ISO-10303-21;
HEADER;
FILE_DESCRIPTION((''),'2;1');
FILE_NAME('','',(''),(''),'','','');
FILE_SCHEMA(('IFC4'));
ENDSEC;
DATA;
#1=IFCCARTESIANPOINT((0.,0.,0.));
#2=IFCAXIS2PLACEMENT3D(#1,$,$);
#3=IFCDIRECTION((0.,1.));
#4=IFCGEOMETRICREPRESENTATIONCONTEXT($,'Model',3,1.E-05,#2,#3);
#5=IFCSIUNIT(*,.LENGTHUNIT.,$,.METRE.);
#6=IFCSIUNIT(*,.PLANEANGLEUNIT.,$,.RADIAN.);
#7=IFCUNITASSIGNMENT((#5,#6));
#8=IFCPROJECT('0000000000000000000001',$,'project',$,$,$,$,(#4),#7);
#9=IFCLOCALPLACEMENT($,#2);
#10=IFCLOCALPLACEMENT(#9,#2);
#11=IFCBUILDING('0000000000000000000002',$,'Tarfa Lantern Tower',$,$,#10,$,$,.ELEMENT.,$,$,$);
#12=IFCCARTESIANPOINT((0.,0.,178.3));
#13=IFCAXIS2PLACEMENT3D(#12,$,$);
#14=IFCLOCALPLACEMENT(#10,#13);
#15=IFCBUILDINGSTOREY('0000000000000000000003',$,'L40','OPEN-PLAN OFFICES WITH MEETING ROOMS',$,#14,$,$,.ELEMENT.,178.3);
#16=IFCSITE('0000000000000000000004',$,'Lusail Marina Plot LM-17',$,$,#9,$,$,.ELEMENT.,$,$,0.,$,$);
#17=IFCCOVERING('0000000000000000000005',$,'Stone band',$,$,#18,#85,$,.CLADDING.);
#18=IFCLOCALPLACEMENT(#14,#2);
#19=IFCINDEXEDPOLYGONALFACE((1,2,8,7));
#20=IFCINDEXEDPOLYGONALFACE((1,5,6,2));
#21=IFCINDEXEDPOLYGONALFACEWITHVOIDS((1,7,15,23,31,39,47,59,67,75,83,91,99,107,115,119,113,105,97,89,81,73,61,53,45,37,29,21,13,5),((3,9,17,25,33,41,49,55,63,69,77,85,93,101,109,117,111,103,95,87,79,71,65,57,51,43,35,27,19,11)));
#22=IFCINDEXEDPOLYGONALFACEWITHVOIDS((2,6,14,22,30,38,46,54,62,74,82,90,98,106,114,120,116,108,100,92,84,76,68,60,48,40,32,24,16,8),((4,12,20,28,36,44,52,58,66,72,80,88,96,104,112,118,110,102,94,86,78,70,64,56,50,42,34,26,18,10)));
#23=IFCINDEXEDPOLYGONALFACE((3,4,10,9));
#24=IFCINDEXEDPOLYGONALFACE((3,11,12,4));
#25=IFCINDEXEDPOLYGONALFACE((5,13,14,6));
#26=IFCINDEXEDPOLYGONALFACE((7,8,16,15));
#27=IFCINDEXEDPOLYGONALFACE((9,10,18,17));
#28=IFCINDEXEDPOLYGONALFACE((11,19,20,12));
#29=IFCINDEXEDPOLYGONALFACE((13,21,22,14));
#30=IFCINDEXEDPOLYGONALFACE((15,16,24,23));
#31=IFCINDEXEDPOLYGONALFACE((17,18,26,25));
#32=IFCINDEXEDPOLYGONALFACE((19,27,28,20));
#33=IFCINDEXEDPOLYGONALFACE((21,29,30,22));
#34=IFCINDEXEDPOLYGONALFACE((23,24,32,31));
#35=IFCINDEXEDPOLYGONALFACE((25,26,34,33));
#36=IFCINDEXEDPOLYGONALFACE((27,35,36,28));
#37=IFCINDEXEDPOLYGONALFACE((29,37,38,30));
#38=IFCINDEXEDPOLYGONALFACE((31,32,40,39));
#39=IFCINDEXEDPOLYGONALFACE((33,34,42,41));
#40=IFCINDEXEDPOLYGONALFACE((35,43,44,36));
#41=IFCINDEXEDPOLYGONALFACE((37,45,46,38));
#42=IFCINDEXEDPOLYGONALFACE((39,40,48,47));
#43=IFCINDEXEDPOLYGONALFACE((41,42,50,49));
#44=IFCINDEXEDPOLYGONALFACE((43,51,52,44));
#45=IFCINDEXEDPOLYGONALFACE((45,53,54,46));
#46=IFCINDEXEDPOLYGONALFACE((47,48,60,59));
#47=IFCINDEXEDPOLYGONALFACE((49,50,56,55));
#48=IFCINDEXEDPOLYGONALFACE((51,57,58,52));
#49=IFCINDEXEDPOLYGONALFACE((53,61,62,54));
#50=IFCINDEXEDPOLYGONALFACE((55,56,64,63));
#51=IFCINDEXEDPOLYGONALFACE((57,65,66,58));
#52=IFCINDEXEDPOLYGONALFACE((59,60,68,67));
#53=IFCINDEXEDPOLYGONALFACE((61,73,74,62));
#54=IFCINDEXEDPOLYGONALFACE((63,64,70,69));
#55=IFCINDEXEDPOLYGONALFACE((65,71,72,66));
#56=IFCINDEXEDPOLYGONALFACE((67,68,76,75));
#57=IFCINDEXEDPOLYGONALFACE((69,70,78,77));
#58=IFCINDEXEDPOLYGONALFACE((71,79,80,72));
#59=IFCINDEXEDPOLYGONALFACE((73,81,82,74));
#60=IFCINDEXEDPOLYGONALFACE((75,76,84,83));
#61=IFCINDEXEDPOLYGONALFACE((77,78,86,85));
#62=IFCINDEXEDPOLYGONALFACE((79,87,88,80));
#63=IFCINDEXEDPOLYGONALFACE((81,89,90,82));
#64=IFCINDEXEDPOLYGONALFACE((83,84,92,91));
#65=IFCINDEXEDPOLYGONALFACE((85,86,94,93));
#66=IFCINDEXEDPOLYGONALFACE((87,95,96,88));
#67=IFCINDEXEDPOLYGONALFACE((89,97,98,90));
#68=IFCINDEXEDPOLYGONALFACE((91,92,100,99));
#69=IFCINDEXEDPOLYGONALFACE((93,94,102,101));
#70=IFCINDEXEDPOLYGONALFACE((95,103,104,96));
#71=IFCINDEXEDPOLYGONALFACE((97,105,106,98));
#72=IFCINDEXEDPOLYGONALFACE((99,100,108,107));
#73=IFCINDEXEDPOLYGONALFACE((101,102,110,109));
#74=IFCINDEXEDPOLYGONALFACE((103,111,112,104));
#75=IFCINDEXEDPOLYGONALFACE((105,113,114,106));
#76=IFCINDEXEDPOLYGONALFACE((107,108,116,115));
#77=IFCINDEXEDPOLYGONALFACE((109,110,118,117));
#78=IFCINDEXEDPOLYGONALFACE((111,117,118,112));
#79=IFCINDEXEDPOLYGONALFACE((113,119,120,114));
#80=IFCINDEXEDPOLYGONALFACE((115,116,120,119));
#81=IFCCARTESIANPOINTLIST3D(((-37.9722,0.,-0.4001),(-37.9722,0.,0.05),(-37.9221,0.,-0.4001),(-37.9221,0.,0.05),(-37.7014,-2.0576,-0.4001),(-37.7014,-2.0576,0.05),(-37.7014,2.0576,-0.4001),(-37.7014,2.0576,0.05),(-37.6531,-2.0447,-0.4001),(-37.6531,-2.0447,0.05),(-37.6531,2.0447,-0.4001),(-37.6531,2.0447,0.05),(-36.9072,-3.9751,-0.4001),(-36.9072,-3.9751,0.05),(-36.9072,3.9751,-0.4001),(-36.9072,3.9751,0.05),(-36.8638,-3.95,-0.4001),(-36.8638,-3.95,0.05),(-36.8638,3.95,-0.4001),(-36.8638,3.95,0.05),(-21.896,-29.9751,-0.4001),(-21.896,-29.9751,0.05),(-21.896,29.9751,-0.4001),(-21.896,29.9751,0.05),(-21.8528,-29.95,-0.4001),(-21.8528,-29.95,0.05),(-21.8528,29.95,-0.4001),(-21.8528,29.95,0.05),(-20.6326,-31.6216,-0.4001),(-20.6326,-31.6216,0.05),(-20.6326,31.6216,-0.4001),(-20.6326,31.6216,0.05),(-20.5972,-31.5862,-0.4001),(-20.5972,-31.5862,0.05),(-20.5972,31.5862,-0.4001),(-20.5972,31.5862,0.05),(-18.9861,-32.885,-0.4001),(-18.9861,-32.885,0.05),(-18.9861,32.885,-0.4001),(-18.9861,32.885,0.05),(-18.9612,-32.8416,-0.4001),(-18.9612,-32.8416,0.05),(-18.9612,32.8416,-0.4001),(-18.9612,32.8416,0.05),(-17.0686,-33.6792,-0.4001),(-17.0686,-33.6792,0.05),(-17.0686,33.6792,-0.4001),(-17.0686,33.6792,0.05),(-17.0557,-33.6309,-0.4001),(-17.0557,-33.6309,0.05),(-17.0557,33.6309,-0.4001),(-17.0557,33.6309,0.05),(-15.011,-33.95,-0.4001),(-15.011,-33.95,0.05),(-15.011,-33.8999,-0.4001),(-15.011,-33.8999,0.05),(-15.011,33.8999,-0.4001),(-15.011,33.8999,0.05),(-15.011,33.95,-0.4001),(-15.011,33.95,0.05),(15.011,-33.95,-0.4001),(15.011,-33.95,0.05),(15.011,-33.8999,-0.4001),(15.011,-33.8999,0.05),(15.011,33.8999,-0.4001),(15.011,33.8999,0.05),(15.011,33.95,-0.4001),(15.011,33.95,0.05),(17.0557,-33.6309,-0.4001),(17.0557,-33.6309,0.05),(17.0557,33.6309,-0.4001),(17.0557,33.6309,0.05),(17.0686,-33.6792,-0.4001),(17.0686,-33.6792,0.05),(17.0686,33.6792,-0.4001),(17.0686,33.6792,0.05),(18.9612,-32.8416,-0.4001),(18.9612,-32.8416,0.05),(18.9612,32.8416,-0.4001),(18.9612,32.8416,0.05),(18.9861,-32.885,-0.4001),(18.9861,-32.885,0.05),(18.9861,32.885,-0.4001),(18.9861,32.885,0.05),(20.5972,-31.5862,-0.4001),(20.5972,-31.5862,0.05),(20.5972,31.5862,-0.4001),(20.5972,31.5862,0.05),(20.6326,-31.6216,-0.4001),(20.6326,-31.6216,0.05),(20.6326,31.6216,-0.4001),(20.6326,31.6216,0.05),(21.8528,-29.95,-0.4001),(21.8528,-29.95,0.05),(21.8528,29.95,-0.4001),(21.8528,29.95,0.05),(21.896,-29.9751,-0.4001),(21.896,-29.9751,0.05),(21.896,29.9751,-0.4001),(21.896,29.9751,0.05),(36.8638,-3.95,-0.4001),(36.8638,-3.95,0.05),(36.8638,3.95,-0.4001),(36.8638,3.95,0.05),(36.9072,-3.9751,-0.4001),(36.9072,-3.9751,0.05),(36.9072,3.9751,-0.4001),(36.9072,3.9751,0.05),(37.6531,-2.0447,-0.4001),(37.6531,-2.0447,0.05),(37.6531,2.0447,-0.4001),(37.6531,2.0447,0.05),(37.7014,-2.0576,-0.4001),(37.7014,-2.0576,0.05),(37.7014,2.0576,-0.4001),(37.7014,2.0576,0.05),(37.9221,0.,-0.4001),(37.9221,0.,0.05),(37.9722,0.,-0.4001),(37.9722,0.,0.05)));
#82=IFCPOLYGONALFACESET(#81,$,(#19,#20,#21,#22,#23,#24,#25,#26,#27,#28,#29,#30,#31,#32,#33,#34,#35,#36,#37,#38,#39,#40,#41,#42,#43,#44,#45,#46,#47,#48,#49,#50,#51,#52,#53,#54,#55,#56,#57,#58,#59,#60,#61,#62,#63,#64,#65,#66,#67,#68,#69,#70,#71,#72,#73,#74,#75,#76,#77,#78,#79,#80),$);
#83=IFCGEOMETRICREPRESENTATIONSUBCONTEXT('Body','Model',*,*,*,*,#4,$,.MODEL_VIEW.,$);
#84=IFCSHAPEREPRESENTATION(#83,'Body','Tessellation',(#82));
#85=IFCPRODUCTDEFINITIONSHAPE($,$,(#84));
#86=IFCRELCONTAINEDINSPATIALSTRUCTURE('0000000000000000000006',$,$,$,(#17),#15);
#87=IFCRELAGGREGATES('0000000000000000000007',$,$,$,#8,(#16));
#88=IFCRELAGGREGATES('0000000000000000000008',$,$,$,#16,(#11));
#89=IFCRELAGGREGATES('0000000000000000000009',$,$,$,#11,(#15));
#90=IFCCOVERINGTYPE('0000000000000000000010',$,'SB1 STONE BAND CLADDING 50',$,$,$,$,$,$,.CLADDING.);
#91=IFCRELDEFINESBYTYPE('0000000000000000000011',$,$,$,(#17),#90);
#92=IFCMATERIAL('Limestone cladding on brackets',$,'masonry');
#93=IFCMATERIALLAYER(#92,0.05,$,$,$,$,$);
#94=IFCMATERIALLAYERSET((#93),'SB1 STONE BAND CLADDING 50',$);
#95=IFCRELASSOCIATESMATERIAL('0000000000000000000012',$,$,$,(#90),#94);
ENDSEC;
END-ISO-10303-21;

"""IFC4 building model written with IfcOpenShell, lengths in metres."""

from ifc_helpers import new_model, si_unit, direction, frame, origin, place, context, subcontext, project, spatial, polyline, outline, extrude, material, layer, layer_set, type_object, element, save


model = new_model("IFC4")

# Units and contexts
model_context = context("Model", 3, precision=1e-05, world=origin(), true_north=direction((0.0, 1.0)))
body_context = subcontext(model_context, "Body", "Model", "MODEL_VIEW")
ifc_project = project(units=[si_unit("LENGTHUNIT", "METRE"), si_unit("PLANEANGLEUNIT", "RADIAN")], contexts=[model_context])

# Site, building, storey
site_placement = place(None, origin())
site = spatial("IfcSite", under=ifc_project, at=site_placement, Name="Lusail Marina Plot LM-17", CompositionType="ELEMENT", RefElevation=0.0)
building_placement = place(site_placement, origin())
building = spatial("IfcBuilding", under=site, at=building_placement, Name="Tarfa Lantern Tower", CompositionType="ELEMENT")
storey_placement = place(building_placement, frame((0.0, 0.0, 178.3)))
storey = spatial("IfcBuildingStorey", under=building, at=storey_placement, Name="L40", Description="OPEN-PLAN OFFICES WITH MEETING ROOMS", CompositionType="ELEMENT", Elevation=178.3)

# Covering
ifc_material_1 = material(Name="Limestone cladding on brackets", Category="masonry")
ifc_layer_1 = layer(ifc_material_1, 0.05)
ifc_layer_set_1 = layer_set([ifc_layer_1], Name="SB1 STONE BAND CLADDING 50")
covering_type_1 = type_object("IfcCoveringType", Name="SB1 STONE BAND CLADDING 50", PredefinedType="CLADDING", material=ifc_layer_set_1)
covering_1_placement = place(storey_placement, frame((0.0, 0.0, -0.4001)))
element("IfcCovering", 1, at=covering_1_placement, inside=storey, type_object=covering_type_1, Name="Stone band", PredefinedType="CLADDING", context=body_context, shape_type="SweptSolid", body=[
    extrude(outline(polyline([(36.9072, 3.9751), (21.896, 29.9751), (20.6326, 31.6216), (18.9861, 32.885), (17.0686, 33.6792), (15.011, 33.95), (-15.011, 33.95), (-17.0686, 33.6792), (-18.9861, 32.885), (-20.6326, 31.6216), (-21.896, 29.9751), (-36.9072, 3.9751), (-37.7014, 2.0576), (-37.9722, 0.0), (-37.7014, -2.0576), (-36.9072, -3.9751), (-21.896, -29.9751), (-20.6326, -31.6216), (-18.9861, -32.885), (-17.0686, -33.6792), (-15.011, -33.95), (15.011, -33.95), (17.0686, -33.6792), (18.9861, -32.885), (20.6326, -31.6216), (21.896, -29.9751), (36.9072, -3.9751), (37.7014, -2.0576), (37.9722, 0.0), (37.7014, 2.0576), (36.9072, 3.9751)]), holes=[polyline([(36.8638, 3.95), (21.8528, 29.95), (20.5972, 31.5862), (18.9612, 32.8416), (17.0557, 33.6309), (15.011, 33.8999), (-15.011, 33.8999), (-17.0557, 33.6309), (-18.9612, 32.8416), (-20.5972, 31.5862), (-21.8528, 29.95), (-36.8638, 3.95), (-37.6531, 2.0447), (-37.9221, 0.0), (-37.6531, -2.0447), (-36.8638, -3.95), (-21.8528, -29.95), (-20.5972, -31.5862), (-18.9612, -32.8416), (-17.0557, -33.6309), (-15.011, -33.8999), (15.011, -33.8999), (17.0557, -33.6309), (18.9612, -32.8416), (20.5972, -31.5862), (21.8528, -29.95), (36.8638, -3.95), (37.6531, -2.0447), (37.9221, 0.0), (37.6531, 2.0447), (36.8638, 3.95)])]), origin(), (0.0, 0.0, 1.0), 0.4502),
])

save(model, "model.ifc")
